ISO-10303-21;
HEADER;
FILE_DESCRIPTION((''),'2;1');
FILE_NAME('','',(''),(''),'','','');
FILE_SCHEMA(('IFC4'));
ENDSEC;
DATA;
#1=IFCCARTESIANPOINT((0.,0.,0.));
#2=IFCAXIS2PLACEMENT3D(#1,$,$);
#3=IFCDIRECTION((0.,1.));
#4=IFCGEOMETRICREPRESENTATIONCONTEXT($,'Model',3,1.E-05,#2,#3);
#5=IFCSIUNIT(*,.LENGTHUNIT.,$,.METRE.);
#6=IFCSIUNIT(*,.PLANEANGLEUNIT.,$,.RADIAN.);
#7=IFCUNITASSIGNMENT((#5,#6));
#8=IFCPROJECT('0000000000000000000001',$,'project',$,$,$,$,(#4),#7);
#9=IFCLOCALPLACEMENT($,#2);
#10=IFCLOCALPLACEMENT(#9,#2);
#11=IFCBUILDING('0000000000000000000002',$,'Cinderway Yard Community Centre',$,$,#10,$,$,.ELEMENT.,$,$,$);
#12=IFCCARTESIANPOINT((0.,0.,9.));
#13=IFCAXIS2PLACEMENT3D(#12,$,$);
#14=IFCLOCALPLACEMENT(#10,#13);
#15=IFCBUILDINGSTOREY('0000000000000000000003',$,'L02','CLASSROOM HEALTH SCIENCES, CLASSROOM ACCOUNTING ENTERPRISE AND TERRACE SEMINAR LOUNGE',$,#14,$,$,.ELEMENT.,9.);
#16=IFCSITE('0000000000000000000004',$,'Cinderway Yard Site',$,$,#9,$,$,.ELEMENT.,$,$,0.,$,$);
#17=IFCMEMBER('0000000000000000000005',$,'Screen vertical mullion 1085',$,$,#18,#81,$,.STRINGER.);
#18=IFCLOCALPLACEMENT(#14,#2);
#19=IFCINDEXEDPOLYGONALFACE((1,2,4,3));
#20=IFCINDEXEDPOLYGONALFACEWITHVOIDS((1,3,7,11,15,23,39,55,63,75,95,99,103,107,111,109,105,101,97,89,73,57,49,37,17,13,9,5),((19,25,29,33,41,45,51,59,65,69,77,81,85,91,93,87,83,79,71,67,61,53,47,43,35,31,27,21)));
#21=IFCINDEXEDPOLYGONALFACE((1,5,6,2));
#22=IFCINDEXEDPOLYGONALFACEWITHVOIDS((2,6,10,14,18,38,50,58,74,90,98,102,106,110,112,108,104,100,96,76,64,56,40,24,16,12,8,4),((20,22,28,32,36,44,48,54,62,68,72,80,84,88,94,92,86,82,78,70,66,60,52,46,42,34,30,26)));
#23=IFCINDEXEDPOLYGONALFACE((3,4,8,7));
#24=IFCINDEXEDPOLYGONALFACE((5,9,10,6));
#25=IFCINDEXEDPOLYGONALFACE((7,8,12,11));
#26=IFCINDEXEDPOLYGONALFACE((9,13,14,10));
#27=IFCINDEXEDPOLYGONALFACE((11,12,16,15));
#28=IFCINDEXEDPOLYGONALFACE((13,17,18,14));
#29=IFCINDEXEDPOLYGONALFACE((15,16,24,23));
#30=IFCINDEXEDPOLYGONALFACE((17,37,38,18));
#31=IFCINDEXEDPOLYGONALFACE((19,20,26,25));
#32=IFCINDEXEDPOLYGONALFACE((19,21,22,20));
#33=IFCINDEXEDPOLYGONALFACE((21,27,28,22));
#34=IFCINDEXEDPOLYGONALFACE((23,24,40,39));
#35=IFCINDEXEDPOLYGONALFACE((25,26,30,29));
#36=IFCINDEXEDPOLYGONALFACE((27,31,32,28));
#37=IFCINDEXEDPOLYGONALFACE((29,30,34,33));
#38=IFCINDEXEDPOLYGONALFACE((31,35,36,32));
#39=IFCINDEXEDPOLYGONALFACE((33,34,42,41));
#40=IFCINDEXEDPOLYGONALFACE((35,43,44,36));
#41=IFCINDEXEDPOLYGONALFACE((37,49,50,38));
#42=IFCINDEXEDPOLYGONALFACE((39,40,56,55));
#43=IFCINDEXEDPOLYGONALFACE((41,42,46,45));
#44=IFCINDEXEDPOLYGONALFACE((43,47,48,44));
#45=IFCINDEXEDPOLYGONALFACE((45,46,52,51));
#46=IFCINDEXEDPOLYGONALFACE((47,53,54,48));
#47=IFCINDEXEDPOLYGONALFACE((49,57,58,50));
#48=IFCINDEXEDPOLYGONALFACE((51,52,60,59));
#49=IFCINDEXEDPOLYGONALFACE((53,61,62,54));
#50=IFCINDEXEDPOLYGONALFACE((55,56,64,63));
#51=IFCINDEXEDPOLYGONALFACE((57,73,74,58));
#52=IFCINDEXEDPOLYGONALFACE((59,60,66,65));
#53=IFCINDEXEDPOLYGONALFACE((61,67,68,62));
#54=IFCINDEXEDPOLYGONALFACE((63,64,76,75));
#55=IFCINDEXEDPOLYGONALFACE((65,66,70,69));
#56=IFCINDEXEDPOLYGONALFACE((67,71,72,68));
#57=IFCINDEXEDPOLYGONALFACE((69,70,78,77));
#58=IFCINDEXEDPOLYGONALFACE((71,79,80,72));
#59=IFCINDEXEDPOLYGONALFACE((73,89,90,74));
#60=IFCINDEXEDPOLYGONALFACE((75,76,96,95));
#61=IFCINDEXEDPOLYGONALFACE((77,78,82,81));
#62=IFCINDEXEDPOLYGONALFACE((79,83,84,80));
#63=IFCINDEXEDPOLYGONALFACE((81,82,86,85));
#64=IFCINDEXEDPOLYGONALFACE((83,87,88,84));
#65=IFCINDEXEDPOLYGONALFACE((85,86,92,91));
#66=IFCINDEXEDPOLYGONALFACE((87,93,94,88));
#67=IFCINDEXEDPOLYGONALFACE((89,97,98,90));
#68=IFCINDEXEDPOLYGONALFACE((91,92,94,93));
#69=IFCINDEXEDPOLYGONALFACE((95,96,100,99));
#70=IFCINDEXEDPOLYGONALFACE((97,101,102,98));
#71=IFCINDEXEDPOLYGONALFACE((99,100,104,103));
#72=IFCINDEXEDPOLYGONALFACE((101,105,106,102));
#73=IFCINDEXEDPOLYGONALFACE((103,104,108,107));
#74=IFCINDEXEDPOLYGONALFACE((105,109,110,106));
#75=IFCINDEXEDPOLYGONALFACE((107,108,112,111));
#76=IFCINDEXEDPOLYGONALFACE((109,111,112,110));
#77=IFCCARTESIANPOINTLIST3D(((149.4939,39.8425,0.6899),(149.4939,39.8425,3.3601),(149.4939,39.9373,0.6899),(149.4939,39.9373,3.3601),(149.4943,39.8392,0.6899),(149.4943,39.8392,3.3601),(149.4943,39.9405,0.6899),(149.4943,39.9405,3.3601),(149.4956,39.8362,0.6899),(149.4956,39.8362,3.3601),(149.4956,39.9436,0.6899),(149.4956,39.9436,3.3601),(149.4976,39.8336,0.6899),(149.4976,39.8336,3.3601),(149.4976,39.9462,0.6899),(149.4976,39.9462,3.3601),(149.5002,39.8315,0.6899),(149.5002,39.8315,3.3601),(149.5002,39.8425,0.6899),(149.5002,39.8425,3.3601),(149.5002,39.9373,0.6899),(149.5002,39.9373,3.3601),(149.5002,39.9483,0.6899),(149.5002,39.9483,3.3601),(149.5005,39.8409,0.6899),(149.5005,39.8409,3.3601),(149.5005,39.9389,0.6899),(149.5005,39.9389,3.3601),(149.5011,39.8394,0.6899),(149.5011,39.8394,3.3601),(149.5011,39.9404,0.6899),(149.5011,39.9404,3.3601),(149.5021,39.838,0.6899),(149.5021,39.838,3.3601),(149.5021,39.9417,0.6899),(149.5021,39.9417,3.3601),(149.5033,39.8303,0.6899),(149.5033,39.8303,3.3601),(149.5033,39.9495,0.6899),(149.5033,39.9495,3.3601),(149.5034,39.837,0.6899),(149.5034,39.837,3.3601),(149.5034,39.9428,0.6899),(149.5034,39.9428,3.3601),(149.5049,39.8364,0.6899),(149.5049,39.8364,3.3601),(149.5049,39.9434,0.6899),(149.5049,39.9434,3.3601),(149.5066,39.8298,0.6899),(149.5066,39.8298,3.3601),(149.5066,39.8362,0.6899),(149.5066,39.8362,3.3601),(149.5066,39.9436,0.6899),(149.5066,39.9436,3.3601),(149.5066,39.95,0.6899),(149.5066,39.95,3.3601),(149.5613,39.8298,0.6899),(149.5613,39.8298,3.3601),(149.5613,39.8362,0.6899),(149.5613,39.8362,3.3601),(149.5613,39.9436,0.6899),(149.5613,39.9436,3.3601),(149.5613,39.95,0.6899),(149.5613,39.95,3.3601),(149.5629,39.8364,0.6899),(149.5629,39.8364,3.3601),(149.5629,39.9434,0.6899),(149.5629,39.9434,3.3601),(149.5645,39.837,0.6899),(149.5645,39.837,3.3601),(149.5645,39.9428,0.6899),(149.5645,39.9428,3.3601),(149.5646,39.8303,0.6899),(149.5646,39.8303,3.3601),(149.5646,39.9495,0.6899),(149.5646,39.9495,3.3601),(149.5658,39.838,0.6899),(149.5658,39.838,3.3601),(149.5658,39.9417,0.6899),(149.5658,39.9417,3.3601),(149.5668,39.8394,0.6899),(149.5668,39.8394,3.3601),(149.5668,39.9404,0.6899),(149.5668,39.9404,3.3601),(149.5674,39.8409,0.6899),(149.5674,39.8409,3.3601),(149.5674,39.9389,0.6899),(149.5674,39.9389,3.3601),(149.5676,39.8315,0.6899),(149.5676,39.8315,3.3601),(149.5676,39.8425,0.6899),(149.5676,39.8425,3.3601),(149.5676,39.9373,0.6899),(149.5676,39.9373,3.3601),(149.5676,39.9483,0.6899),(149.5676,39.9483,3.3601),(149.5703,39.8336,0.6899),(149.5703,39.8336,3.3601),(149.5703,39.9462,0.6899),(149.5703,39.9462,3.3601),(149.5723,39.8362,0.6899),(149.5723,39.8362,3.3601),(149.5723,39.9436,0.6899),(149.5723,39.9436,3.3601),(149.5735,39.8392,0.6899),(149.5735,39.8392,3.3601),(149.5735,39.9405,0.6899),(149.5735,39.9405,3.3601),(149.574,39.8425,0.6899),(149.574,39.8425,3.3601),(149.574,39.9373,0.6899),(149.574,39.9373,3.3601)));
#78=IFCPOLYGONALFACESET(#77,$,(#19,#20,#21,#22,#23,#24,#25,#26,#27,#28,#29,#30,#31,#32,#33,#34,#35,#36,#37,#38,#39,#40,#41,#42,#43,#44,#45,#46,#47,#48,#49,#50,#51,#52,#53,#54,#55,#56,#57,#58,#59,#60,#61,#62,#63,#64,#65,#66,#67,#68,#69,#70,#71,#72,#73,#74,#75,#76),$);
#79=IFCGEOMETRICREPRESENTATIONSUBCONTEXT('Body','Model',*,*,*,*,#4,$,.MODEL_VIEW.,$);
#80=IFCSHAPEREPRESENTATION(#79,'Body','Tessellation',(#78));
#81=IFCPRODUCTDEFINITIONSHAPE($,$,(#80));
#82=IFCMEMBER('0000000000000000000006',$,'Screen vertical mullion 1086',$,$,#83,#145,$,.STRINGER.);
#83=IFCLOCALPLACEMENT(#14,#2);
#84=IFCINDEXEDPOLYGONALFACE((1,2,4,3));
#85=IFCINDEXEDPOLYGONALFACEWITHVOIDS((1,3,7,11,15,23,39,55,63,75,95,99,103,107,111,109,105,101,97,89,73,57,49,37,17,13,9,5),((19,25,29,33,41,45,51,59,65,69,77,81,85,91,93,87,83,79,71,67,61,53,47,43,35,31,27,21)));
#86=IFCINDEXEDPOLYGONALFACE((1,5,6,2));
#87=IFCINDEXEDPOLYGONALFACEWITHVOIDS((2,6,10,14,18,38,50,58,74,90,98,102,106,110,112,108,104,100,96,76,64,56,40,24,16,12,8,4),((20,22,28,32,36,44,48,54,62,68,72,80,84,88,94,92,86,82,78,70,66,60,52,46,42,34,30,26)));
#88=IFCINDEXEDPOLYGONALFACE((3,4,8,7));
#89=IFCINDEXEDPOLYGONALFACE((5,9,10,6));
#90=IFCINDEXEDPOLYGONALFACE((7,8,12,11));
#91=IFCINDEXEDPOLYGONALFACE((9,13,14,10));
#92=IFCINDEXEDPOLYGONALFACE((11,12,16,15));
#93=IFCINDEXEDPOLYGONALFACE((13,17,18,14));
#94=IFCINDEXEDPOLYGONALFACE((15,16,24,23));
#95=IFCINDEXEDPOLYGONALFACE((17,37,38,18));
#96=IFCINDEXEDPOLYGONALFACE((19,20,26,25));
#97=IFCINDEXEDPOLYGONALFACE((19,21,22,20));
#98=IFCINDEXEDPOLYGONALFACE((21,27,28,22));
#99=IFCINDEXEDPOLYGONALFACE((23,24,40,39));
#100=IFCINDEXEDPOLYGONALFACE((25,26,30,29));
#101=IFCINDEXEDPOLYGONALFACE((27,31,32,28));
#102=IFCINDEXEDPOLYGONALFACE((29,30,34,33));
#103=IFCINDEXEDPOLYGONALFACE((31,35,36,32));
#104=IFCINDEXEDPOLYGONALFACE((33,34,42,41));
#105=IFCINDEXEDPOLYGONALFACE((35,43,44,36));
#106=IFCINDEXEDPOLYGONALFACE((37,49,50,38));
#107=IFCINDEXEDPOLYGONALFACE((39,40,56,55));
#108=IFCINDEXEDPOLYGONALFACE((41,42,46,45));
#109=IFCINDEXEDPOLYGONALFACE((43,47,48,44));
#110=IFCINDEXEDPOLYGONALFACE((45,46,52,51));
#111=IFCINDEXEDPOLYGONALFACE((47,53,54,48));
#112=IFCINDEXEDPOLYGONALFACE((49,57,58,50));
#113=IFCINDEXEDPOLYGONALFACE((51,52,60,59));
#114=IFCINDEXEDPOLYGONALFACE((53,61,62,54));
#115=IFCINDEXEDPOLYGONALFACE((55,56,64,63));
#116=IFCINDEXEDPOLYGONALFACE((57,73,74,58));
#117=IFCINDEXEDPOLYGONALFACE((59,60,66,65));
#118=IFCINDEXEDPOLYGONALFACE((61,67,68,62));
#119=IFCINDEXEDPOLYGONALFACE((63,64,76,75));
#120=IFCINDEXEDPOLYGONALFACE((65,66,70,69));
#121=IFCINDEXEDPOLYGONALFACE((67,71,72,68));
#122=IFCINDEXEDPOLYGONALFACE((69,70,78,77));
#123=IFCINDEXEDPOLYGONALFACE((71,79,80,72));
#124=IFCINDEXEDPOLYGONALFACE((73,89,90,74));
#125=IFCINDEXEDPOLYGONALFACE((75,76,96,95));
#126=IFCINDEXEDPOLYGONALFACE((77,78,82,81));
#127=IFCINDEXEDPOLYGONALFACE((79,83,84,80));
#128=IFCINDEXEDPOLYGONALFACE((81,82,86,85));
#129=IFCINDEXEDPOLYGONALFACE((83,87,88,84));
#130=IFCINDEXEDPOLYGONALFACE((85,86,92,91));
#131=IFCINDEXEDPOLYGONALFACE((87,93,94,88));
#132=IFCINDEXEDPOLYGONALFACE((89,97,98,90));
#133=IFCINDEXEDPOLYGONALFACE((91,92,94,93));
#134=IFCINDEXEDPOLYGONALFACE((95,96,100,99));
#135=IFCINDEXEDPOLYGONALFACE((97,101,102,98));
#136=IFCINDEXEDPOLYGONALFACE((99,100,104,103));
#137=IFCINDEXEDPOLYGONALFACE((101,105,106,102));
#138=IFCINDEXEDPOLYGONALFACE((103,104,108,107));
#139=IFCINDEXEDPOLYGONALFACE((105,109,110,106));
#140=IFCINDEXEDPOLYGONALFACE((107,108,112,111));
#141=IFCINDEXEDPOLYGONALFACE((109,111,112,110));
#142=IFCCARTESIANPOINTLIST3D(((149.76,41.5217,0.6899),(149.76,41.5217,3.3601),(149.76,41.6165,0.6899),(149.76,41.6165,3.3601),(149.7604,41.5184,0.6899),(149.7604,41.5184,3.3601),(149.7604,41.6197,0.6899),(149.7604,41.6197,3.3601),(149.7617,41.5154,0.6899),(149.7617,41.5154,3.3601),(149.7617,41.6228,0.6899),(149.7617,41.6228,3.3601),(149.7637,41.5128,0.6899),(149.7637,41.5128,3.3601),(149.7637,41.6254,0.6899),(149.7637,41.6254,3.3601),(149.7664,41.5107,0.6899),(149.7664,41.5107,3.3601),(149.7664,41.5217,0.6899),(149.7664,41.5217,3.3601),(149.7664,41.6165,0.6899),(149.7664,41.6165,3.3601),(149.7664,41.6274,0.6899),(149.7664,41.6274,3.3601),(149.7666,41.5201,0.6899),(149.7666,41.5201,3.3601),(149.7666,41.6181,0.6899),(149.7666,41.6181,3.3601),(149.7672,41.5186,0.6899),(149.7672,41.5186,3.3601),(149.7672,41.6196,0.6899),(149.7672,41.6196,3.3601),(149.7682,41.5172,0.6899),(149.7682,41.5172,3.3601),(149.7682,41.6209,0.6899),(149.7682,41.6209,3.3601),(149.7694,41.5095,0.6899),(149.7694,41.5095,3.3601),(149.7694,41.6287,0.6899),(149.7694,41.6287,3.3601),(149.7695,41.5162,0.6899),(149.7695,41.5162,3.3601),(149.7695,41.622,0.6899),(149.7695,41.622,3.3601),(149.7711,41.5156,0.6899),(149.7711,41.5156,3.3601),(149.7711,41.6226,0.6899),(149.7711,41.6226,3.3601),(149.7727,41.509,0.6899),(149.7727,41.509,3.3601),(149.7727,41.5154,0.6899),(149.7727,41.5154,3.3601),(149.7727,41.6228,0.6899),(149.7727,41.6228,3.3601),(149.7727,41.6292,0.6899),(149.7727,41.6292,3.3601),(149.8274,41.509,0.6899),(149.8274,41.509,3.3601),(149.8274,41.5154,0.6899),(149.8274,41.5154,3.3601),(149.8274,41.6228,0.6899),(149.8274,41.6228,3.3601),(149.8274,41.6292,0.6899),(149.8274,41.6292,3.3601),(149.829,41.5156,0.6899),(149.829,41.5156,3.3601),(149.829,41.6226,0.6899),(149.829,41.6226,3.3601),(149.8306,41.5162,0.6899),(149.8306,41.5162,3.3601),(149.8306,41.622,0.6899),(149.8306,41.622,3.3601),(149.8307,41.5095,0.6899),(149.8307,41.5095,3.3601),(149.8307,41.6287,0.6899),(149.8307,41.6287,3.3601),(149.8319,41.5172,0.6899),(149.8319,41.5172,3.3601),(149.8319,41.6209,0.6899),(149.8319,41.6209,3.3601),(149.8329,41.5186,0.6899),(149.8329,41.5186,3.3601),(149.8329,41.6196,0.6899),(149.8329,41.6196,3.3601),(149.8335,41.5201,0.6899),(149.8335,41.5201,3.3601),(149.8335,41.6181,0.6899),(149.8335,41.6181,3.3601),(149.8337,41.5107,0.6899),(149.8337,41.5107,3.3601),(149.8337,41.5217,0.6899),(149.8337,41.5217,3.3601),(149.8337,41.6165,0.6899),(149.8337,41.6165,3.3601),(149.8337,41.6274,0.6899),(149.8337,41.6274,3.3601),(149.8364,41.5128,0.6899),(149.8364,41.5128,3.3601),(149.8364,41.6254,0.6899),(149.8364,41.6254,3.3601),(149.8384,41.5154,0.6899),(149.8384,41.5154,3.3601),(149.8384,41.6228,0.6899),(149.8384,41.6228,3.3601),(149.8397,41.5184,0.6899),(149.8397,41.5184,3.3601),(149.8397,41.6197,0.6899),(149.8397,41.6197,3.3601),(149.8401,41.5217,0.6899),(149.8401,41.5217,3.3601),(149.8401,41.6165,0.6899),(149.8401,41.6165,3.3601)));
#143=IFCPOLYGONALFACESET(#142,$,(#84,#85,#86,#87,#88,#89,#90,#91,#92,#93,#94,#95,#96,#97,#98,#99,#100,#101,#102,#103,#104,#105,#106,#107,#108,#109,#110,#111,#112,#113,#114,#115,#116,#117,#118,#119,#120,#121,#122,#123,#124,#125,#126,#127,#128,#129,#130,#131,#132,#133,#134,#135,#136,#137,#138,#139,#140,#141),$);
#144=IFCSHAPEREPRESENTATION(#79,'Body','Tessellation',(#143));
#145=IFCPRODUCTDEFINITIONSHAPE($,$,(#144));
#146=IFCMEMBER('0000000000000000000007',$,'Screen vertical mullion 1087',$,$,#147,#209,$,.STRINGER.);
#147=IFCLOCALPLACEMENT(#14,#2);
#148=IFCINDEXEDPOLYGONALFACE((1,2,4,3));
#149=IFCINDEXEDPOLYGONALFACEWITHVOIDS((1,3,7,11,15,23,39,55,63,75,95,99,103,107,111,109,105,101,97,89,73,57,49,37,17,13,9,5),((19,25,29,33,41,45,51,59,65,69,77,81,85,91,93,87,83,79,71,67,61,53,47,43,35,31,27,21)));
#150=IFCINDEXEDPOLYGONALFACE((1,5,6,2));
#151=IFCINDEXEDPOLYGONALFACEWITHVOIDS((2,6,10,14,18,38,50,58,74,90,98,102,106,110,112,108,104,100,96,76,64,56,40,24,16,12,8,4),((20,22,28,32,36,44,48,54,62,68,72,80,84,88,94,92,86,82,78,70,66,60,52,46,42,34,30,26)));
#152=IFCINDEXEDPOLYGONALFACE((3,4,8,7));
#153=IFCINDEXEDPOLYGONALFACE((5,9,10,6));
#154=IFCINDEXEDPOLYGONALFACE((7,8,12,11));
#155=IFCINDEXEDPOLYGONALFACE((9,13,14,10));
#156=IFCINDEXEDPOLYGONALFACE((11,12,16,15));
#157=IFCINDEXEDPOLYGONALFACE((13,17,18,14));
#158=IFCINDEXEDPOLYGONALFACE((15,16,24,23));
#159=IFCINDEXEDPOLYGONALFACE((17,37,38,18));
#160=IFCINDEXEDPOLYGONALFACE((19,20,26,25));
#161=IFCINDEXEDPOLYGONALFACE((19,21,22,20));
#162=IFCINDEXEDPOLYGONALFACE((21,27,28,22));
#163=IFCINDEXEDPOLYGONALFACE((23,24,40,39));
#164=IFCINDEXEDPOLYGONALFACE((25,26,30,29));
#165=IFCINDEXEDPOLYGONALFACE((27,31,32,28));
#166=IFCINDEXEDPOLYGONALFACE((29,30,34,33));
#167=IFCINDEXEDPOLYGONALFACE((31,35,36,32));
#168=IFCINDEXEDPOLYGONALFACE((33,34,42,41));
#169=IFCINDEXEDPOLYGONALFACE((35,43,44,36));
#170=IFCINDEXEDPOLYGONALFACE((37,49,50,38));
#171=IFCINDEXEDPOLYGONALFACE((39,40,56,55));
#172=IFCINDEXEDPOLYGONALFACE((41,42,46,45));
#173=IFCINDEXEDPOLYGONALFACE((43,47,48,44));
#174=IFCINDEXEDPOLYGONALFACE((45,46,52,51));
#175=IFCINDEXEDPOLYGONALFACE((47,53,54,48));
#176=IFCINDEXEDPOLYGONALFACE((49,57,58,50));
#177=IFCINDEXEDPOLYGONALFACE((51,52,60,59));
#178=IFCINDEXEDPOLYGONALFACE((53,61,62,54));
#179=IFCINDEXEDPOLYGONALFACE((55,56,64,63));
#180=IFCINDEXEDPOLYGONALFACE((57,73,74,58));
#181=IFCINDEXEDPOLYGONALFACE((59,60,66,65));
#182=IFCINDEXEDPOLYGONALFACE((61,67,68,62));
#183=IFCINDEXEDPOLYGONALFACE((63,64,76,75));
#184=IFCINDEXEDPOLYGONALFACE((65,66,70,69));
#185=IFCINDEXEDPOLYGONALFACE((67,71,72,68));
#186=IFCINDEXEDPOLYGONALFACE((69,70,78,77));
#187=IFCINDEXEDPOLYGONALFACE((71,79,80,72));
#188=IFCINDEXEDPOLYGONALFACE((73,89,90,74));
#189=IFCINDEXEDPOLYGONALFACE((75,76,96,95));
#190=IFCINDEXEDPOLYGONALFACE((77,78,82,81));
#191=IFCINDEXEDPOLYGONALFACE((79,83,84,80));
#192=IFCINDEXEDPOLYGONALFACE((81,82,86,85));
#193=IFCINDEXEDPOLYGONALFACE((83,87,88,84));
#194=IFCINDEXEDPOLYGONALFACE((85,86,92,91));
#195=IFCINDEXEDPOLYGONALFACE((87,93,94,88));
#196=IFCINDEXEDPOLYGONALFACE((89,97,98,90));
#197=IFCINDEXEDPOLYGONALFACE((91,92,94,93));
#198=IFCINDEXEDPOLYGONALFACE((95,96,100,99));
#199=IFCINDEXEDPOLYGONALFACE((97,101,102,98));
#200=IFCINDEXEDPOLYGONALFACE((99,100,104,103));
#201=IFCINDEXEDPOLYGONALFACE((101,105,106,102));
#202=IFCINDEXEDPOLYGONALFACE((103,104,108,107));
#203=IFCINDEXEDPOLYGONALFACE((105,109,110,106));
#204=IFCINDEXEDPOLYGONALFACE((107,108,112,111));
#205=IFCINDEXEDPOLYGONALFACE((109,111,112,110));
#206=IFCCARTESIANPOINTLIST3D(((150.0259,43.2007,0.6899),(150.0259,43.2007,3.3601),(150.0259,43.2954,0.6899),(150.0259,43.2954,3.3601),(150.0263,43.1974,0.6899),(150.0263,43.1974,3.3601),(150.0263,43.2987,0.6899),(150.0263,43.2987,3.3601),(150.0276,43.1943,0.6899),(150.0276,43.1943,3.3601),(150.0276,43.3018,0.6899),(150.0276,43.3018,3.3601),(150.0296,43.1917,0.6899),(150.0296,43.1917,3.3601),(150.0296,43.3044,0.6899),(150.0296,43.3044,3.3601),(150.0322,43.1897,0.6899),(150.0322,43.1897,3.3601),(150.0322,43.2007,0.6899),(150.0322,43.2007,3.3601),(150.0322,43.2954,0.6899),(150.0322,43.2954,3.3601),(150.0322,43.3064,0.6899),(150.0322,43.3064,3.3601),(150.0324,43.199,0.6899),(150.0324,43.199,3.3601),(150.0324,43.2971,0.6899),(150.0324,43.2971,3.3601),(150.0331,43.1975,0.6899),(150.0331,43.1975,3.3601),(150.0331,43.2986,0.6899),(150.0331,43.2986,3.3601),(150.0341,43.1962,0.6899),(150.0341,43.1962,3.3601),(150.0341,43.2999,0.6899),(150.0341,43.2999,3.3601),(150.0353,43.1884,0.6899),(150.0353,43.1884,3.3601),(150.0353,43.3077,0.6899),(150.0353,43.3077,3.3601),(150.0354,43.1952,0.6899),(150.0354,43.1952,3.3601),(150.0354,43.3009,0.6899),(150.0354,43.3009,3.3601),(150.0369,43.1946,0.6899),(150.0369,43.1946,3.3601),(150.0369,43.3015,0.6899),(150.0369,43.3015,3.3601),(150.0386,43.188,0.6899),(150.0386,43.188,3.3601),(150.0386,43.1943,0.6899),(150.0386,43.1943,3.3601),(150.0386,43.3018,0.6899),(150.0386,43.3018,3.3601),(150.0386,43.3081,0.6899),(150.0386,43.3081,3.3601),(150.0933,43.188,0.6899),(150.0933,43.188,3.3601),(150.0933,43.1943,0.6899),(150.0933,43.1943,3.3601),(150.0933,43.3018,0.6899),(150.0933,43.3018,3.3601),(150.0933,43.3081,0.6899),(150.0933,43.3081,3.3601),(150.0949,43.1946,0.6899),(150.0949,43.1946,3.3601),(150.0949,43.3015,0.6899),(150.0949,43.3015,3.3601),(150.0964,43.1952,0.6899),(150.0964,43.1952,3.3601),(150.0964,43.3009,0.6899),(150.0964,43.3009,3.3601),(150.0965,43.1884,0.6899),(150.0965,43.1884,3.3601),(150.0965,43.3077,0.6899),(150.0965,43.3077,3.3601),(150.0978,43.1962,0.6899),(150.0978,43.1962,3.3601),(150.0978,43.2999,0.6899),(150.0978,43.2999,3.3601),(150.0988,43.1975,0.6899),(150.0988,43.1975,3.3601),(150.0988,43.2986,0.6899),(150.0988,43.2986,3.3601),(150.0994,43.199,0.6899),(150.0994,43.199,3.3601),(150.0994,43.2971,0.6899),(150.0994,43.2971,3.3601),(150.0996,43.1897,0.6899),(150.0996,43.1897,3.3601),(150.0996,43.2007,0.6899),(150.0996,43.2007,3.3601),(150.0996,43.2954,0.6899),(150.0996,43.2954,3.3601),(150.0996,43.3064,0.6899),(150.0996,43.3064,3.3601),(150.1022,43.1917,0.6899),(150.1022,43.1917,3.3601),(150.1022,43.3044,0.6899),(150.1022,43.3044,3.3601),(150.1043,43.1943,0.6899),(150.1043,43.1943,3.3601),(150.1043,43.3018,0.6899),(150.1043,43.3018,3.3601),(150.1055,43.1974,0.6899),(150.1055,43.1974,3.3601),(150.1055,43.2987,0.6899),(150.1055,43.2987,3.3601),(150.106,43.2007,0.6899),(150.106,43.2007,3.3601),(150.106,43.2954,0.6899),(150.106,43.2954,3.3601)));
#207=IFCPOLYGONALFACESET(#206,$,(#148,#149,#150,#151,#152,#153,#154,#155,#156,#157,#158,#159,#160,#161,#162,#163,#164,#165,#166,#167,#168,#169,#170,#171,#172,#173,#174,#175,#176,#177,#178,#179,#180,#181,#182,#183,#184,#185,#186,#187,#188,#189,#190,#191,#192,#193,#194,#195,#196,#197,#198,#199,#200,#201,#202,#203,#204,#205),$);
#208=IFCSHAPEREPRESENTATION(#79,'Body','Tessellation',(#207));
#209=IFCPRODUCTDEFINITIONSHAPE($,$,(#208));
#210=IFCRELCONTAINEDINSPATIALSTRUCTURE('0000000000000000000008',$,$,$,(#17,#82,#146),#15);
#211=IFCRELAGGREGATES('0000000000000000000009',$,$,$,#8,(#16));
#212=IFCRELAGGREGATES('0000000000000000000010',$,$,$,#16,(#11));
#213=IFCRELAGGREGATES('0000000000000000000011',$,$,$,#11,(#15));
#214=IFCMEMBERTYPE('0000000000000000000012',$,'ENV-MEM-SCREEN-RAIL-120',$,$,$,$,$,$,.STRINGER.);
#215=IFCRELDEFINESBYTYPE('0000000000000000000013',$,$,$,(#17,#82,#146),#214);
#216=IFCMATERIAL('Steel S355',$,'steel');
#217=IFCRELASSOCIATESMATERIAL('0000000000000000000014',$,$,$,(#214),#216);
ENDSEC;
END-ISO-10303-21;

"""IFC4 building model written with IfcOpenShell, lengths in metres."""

from ifc_helpers import new_model, si_unit, direction, frame, origin, origin_2d, place, context, subcontext, project, spatial, hollow_rectangle, extrude, material, material_profile, profile_set, type_object, element, save


model = new_model("IFC4")

# Units and contexts
model_context = context("Model", 3, precision=1e-05, world=origin(), true_north=direction((0.0, 1.0)))
body_context = subcontext(model_context, "Body", "Model", "MODEL_VIEW")
ifc_project = project(units=[si_unit("LENGTHUNIT", "METRE"), si_unit("PLANEANGLEUNIT", "RADIAN")], contexts=[model_context])

# Site, building, storey
site_placement = place(None, origin())
site = spatial("IfcSite", under=ifc_project, at=site_placement, Name="Cinderway Yard Site", CompositionType="ELEMENT", RefElevation=0.0)
building_placement = place(site_placement, origin())
building = spatial("IfcBuilding", under=site, at=building_placement, Name="Cinderway Yard Community Centre", CompositionType="ELEMENT")
storey_placement = place(building_placement, frame((0.0, 0.0, 9.0)))
storey = spatial("IfcBuildingStorey", under=building, at=storey_placement, Name="L02", Description="CLASSROOM HEALTH SCIENCES, CLASSROOM ACCOUNTING ENTERPRISE AND TERRACE SEMINAR LOUNGE", CompositionType="ELEMENT", Elevation=9.0)

# Members
ifc_material_1 = material(Name="Steel S355", Category="steel")
ifc_material_profile_1 = material_profile(ifc_material_1, hollow_rectangle(XDim=0.0801, YDim=0.1201, WallThickness=0.0063, InnerFilletRadius=0.0063, OuterFilletRadius=0.0127, at=origin_2d()), Name="Steel S355")
ifc_profile_set_1 = profile_set([ifc_material_profile_1], Name="Steel S355")
member_type_1 = type_object("IfcMemberType", Name="ENV-MEM-SCREEN-RAIL-120", PredefinedType="STRINGER", material=ifc_profile_set_1)
for number, where, z_axis, x_axis, name in (
    (1, (149.5339, 39.8899, 0.6899), (0.0, 0.0, 1.0), (1.0, 0.0, 0.0), "Screen vertical mullion 1085"),
    (2, (149.8, 41.5691, 0.6899), (0.0, 0.0, 1.0), (1.0, 0.0, 0.0), "Screen vertical mullion 1086"),
    (3, (150.0659, 43.248, 0.6899), (0.0, 0.0, 1.0), (1.0, 0.0, 0.0), "Screen vertical mullion 1087"),
):
    element("IfcMember", number, at=place(storey_placement, frame(where, z_axis=z_axis, x_axis=x_axis)), inside=storey, type_object=member_type_1, Name=name, PredefinedType="STRINGER", context=body_context, shape_type="SweptSolid", body=[
        extrude(hollow_rectangle(XDim=0.0801, YDim=0.1201, WallThickness=0.0063, InnerFilletRadius=0.0063, OuterFilletRadius=0.0127, at=origin_2d()), origin(), (0.0, 0.0, 1.0), 2.6702),
    ])

save(model, "model.ifc")
